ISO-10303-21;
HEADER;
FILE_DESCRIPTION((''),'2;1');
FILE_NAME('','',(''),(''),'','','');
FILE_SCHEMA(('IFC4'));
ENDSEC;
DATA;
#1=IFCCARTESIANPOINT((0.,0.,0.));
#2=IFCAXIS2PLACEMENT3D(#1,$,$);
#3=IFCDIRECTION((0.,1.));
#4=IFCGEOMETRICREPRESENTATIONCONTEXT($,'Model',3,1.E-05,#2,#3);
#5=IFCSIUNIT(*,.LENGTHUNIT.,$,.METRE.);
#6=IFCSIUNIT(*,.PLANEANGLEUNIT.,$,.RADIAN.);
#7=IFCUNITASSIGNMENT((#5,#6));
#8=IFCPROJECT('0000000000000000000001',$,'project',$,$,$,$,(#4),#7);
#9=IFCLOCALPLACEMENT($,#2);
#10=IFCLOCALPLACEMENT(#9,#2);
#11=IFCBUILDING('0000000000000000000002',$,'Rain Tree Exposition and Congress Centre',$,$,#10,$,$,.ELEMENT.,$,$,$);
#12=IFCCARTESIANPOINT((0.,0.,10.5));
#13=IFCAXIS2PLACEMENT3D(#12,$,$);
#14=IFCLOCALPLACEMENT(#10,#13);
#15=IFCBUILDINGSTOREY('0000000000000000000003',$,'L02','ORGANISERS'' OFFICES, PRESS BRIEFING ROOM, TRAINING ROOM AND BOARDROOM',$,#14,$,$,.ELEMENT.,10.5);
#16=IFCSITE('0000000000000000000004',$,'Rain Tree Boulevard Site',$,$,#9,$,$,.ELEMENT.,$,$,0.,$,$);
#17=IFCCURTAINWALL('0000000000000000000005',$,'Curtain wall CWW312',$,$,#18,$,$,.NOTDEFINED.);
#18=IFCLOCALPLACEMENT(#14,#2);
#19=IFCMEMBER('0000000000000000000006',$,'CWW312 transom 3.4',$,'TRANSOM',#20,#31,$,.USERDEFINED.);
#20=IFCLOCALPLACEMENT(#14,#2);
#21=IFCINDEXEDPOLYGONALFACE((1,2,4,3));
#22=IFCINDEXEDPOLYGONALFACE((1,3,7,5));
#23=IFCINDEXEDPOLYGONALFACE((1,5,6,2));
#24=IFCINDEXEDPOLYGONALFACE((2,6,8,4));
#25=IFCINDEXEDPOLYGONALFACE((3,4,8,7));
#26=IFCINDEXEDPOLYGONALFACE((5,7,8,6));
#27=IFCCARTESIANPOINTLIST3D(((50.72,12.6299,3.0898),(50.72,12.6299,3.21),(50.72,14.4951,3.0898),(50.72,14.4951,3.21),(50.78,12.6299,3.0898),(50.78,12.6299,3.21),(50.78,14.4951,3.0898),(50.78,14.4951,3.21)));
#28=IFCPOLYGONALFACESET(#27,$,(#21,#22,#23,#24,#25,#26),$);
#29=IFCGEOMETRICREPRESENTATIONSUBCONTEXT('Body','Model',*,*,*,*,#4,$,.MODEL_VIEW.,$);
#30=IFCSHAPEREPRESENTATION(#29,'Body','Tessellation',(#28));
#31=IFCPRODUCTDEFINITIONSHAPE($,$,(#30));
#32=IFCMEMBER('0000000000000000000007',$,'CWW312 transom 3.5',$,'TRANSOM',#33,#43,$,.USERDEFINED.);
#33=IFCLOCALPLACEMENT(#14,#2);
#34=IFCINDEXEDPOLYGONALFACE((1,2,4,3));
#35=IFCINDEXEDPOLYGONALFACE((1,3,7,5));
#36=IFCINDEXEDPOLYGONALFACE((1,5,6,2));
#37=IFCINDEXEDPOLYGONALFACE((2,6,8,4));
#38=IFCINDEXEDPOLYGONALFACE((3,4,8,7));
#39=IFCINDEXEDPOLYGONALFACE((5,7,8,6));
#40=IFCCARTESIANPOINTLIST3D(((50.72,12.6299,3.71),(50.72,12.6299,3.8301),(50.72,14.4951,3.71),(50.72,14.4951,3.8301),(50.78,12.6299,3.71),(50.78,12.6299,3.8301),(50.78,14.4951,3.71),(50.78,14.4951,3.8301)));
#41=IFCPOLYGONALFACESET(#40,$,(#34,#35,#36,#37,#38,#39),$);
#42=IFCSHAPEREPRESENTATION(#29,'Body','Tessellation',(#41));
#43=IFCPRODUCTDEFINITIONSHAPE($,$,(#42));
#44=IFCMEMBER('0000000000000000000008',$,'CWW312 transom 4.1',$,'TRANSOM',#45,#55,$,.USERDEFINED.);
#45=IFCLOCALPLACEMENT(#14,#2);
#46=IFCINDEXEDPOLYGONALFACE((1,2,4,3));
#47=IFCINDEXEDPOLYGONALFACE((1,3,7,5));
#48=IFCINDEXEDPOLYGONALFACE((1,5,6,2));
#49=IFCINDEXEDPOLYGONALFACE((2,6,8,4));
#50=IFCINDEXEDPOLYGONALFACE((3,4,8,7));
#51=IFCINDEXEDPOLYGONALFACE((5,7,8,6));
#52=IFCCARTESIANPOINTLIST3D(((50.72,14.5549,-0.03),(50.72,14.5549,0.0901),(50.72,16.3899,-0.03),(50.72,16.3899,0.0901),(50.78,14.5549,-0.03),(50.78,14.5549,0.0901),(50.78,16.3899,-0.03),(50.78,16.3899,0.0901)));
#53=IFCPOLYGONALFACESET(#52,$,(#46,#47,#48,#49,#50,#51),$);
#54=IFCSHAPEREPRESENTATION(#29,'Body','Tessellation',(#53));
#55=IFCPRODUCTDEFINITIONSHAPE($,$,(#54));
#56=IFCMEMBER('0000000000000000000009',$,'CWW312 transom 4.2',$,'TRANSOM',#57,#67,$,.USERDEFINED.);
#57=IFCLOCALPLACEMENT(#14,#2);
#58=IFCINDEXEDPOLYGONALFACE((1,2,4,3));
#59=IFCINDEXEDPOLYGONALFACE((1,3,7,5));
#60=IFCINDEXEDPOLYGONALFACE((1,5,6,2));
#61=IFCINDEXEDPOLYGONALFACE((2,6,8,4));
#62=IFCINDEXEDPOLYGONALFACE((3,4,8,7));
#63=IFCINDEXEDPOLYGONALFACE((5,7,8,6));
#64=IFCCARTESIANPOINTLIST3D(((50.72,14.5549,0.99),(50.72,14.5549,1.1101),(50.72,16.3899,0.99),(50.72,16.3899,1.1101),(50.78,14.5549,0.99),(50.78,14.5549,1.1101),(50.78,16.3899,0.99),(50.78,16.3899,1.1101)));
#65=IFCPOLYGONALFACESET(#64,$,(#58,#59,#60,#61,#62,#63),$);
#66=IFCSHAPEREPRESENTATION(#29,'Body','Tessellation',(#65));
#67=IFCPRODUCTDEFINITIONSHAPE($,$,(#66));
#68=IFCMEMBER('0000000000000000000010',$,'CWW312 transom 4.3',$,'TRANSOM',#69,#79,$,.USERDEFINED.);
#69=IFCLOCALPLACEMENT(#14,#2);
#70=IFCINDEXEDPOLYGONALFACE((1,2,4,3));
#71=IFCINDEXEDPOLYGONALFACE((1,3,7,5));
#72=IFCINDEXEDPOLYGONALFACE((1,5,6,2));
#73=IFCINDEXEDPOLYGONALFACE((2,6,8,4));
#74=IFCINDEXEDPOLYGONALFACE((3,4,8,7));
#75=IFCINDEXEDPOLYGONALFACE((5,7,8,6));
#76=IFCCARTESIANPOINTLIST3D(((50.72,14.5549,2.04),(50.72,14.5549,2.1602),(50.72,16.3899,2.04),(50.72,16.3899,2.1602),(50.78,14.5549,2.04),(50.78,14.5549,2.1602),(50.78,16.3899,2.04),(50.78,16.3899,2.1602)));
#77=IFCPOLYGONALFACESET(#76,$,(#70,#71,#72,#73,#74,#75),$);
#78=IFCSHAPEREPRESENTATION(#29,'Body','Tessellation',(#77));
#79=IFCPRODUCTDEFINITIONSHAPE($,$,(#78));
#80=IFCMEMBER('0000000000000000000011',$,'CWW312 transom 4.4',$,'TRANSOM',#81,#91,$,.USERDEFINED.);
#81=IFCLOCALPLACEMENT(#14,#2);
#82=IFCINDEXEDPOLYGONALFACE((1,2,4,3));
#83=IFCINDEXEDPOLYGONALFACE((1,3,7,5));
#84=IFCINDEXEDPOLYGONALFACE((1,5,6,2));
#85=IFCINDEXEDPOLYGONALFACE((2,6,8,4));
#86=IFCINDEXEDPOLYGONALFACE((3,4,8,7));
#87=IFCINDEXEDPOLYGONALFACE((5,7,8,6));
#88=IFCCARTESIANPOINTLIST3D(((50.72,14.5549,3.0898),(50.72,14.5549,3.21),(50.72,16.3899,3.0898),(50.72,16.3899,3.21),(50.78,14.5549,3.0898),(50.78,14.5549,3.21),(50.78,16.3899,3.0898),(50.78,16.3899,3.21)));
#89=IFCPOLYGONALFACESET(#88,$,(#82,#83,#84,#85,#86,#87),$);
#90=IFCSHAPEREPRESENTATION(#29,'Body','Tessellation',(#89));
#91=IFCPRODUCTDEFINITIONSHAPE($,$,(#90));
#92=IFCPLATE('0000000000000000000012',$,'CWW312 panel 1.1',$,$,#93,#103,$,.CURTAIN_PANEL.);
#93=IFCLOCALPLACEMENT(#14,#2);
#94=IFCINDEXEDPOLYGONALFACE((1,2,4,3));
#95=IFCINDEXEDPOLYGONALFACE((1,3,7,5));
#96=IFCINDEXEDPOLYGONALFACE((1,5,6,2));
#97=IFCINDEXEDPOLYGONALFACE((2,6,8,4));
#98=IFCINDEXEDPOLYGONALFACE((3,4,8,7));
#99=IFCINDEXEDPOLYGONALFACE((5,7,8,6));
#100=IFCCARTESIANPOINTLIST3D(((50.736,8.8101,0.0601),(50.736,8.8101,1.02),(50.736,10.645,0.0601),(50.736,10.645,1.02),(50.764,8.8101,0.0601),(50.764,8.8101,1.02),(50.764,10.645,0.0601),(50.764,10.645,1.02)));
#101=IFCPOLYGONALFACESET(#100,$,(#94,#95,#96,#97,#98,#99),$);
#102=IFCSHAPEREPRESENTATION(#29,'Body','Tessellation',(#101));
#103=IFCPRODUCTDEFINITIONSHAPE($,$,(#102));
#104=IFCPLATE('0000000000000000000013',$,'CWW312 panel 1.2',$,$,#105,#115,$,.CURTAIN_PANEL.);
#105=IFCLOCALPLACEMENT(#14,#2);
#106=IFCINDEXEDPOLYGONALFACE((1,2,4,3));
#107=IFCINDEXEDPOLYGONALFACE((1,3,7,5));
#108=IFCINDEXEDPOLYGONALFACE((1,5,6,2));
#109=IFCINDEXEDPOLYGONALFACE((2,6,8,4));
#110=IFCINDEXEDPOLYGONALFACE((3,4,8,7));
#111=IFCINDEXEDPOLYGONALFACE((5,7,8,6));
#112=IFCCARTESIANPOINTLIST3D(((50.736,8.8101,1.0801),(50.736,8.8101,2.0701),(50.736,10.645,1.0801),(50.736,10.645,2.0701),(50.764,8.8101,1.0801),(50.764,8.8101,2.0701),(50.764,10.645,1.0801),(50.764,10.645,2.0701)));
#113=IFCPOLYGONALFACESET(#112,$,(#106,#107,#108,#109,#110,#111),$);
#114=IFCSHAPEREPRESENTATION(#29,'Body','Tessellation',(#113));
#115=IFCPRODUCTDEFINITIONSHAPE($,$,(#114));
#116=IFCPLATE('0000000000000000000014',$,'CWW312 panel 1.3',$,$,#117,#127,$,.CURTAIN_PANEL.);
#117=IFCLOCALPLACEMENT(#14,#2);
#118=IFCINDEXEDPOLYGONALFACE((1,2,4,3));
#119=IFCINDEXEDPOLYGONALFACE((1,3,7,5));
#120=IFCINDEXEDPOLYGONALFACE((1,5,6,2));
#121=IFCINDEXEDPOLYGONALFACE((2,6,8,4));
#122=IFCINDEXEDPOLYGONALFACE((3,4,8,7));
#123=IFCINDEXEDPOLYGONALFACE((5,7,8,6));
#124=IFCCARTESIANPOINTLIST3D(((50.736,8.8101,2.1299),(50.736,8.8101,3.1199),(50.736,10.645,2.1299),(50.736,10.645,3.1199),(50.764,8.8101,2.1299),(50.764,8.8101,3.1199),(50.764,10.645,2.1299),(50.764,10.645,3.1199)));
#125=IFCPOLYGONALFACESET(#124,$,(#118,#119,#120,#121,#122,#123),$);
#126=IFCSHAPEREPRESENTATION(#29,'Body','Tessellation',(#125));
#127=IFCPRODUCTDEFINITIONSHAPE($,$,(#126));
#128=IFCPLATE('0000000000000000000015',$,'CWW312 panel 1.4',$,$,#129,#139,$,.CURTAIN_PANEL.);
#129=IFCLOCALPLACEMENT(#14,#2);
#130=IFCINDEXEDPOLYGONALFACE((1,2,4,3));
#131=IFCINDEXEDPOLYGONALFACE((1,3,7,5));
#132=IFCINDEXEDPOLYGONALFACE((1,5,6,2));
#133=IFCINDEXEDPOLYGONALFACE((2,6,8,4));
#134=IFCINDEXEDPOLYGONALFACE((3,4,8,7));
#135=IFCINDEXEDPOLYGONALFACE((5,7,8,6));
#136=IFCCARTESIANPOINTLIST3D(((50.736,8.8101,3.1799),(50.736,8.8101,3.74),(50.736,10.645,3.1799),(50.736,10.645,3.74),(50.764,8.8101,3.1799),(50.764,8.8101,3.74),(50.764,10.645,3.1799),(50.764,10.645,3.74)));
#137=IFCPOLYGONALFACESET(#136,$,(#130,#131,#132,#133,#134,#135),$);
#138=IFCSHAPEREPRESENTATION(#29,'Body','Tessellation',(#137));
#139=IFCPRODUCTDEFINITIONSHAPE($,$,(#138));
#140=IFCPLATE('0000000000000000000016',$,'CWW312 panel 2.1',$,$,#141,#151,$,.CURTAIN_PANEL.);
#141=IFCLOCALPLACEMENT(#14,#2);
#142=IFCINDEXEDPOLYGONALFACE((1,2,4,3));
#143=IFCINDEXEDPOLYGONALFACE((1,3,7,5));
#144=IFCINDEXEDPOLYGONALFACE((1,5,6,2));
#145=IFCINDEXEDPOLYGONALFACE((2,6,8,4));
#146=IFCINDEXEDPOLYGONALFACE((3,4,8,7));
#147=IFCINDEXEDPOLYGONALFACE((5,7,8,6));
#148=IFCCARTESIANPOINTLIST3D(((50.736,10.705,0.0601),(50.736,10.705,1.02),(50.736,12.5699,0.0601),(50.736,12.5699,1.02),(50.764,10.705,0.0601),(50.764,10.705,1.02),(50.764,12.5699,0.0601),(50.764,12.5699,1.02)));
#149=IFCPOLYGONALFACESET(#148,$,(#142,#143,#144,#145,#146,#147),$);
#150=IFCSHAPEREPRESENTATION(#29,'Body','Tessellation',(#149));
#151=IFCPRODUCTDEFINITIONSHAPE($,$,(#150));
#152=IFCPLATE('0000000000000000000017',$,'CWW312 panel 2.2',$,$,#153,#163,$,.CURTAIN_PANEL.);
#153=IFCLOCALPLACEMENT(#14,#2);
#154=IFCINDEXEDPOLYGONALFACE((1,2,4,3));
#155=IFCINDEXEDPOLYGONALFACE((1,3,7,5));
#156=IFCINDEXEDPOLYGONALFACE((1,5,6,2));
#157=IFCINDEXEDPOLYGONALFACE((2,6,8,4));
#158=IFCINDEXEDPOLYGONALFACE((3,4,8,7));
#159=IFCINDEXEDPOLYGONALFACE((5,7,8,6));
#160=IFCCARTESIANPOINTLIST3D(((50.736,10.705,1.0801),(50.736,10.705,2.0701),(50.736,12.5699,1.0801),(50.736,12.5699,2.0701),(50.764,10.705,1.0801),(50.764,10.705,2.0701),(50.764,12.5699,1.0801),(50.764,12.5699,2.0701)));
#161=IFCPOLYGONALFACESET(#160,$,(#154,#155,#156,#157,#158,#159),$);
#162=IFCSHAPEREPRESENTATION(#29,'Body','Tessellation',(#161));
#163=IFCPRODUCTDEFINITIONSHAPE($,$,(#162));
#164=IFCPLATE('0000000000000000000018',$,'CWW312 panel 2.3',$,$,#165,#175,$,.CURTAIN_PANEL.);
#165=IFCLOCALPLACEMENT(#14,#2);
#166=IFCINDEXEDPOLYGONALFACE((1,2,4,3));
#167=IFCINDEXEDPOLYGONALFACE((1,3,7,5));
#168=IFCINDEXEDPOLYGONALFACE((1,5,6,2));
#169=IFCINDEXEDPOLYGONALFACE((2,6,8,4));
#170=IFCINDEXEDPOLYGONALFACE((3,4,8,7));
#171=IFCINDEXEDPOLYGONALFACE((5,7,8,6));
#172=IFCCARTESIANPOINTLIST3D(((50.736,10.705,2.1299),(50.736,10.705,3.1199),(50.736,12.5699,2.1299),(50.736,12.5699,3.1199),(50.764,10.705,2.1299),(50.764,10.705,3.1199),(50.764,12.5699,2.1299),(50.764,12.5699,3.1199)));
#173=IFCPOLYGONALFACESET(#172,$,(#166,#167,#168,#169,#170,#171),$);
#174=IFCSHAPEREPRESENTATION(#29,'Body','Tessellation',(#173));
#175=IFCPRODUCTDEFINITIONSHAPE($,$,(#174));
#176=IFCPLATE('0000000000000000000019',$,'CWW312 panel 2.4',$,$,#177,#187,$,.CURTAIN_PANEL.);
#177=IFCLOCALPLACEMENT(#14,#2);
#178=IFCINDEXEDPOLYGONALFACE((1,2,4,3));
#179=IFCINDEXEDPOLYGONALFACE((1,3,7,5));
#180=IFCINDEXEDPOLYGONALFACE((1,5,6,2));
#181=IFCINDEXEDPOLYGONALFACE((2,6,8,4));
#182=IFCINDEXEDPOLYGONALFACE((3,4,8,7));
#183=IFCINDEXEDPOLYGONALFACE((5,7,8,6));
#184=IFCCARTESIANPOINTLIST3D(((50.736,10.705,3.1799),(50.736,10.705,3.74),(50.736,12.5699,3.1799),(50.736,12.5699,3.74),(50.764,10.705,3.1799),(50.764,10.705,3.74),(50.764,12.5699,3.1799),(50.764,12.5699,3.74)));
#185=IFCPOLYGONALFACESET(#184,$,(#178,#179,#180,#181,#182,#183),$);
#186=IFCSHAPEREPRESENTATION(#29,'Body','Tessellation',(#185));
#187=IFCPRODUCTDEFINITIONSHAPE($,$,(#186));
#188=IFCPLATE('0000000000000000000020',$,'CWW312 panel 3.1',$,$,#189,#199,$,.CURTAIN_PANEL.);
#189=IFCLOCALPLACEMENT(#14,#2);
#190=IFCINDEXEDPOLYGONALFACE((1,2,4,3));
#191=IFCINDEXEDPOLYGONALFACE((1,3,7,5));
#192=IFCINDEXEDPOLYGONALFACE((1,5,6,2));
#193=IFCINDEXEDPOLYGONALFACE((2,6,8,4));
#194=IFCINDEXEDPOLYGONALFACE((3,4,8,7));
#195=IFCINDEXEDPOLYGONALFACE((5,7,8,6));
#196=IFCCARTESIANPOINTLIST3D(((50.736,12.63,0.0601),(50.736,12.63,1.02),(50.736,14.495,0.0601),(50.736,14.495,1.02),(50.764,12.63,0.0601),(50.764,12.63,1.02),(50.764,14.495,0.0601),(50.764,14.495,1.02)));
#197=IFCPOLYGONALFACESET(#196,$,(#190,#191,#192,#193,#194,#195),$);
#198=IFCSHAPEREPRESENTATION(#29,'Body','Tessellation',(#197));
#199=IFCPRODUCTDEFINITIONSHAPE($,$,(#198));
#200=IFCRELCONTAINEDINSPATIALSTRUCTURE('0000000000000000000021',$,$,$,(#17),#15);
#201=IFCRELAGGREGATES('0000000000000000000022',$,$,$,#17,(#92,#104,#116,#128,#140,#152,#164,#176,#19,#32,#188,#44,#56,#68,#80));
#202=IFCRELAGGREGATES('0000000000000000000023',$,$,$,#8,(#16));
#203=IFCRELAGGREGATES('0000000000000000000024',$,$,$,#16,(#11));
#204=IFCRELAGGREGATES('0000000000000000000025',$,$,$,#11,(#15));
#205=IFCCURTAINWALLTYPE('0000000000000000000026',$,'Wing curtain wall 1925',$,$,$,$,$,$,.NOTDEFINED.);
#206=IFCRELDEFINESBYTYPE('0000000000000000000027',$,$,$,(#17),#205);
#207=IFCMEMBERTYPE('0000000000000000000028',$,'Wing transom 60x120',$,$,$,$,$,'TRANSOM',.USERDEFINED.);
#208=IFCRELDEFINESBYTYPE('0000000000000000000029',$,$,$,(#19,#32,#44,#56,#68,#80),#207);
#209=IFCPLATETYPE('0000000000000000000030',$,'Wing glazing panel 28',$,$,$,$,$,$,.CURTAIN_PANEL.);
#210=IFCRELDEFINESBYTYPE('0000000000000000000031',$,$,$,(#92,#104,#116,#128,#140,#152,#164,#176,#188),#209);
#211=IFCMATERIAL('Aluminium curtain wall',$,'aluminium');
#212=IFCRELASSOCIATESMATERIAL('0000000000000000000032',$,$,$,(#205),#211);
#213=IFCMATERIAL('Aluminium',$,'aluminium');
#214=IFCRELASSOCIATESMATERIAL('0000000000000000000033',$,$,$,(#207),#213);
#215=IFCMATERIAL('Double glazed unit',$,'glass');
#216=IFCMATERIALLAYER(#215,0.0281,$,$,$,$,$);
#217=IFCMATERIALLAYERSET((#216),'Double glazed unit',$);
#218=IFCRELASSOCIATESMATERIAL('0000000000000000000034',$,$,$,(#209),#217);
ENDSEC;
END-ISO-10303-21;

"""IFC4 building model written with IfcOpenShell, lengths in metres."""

from ifc_helpers import new_model, si_unit, direction, frame, origin, origin_2d, place, context, subcontext, project, spatial, rectangle, extrude, material, layer, layer_set, material_profile, profile_set, type_object, element, aggregate, save


model = new_model("IFC4")

# Units and contexts
model_context = context("Model", 3, precision=1e-05, world=origin(), true_north=direction((0.0, 1.0)))
body_context = subcontext(model_context, "Body", "Model", "MODEL_VIEW")
ifc_project = project(units=[si_unit("LENGTHUNIT", "METRE"), si_unit("PLANEANGLEUNIT", "RADIAN")], contexts=[model_context])

# Site, building, storey
site_placement = place(None, origin())
site = spatial("IfcSite", under=ifc_project, at=site_placement, Name="Rain Tree Boulevard Site", CompositionType="ELEMENT", RefElevation=0.0)
building_placement = place(site_placement, origin())
building = spatial("IfcBuilding", under=site, at=building_placement, Name="Rain Tree Exposition and Congress Centre", CompositionType="ELEMENT")
storey_placement = place(building_placement, frame((0.0, 0.0, 10.5)))
storey = spatial("IfcBuildingStorey", under=building, at=storey_placement, Name="L02", Description="ORGANISERS' OFFICES, PRESS BRIEFING ROOM, TRAINING ROOM AND BOARDROOM", CompositionType="ELEMENT", Elevation=10.5)

# Curtain wall, members, plates
ifc_material_1 = material(Name="Aluminium curtain wall", Category="aluminium")
curtain_wall_type = type_object("IfcCurtainWallType", Name="Wing curtain wall 1925", PredefinedType="NOTDEFINED", material=ifc_material_1)
curtain_wall_placement = place(storey_placement, origin())
curtain_wall = element("IfcCurtainWall", 1, at=curtain_wall_placement, inside=storey, type_object=curtain_wall_type, Name="Curtain wall CWW312", PredefinedType="NOTDEFINED")
ifc_material_2 = material(Name="Aluminium", Category="aluminium")
ifc_material_profile_1 = material_profile(ifc_material_2, rectangle(XDim=0.0601, YDim=0.1201, at=origin_2d()), Name="Aluminium 60x120")
ifc_profile_set_1 = profile_set([ifc_material_profile_1], Name="Aluminium")
member_type_1 = type_object("IfcMemberType", Name="Wing transom 60x120", ElementType="TRANSOM", PredefinedType="USERDEFINED", material=ifc_profile_set_1)
member_1_placement = place(storey_placement, frame((50.75, 12.6299, 3.1499), z_axis=(0.0, 1.0, 0.0), x_axis=(-1.0, 0.0, 0.0)))
member_1 = element("IfcMember", 2, at=member_1_placement, type_object=member_type_1, Name="CWW312 transom 3.4", ObjectType="TRANSOM", PredefinedType="USERDEFINED", context=body_context, shape_type="SweptSolid", body=[
    extrude(rectangle(XDim=0.0601, YDim=0.1201, at=origin_2d()), origin(), (0.0, 0.0, 1.0), 1.8652),
])
member_2_placement = place(storey_placement, frame((50.75, 12.6299, 3.77), z_axis=(0.0, 1.0, 0.0), x_axis=(-1.0, 0.0, 0.0)))
member_2 = element("IfcMember", 3, at=member_2_placement, type_object=member_type_1, Name="CWW312 transom 3.5", ObjectType="TRANSOM", PredefinedType="USERDEFINED", context=body_context, shape_type="SweptSolid", body=[
    extrude(rectangle(XDim=0.0601, YDim=0.1201, at=origin_2d()), origin(), (0.0, 0.0, 1.0), 1.8652),
])
member_3_placement = place(storey_placement, frame((50.75, 14.5549, 0.03), z_axis=(0.0, 1.0, 0.0), x_axis=(-1.0, 0.0, 0.0)))
member_3 = element("IfcMember", 4, at=member_3_placement, type_object=member_type_1, Name="CWW312 transom 4.1", ObjectType="TRANSOM", PredefinedType="USERDEFINED", context=body_context, shape_type="SweptSolid", body=[
    extrude(rectangle(XDim=0.0601, YDim=0.1201, at=origin_2d()), origin(), (0.0, 0.0, 1.0), 1.835),
])
member_4_placement = place(storey_placement, frame((50.75, 14.5549, 1.05), z_axis=(0.0, 1.0, 0.0), x_axis=(-1.0, 0.0, 0.0)))
member_4 = element("IfcMember", 5, at=member_4_placement, type_object=member_type_1, Name="CWW312 transom 4.2", ObjectType="TRANSOM", PredefinedType="USERDEFINED", context=body_context, shape_type="SweptSolid", body=[
    extrude(rectangle(XDim=0.0601, YDim=0.1201, at=origin_2d()), origin(), (0.0, 0.0, 1.0), 1.835),
])
member_5_placement = place(storey_placement, frame((50.75, 14.5549, 2.1001), z_axis=(0.0, 1.0, 0.0), x_axis=(-1.0, 0.0, 0.0)))
member_5 = element("IfcMember", 6, at=member_5_placement, type_object=member_type_1, Name="CWW312 transom 4.3", ObjectType="TRANSOM", PredefinedType="USERDEFINED", context=body_context, shape_type="SweptSolid", body=[
    extrude(rectangle(XDim=0.0601, YDim=0.1201, at=origin_2d()), origin(), (0.0, 0.0, 1.0), 1.835),
])
member_6_placement = place(storey_placement, frame((50.75, 14.5549, 3.1499), z_axis=(0.0, 1.0, 0.0), x_axis=(-1.0, 0.0, 0.0)))
member_6 = element("IfcMember", 7, at=member_6_placement, type_object=member_type_1, Name="CWW312 transom 4.4", ObjectType="TRANSOM", PredefinedType="USERDEFINED", context=body_context, shape_type="SweptSolid", body=[
    extrude(rectangle(XDim=0.0601, YDim=0.1201, at=origin_2d()), origin(), (0.0, 0.0, 1.0), 1.835),
])
ifc_material_3 = material(Name="Double glazed unit", Category="glass")
ifc_layer = layer(ifc_material_3, 0.0281)
ifc_layer_set = layer_set([ifc_layer], Name="Double glazed unit")
plate_type = type_object("IfcPlateType", Name="Wing glazing panel 28", PredefinedType="CURTAIN_PANEL", material=ifc_layer_set)
plate_1_placement = place(storey_placement, frame((50.75, 9.7275, 0.0601), z_axis=(0.0, 0.0, 1.0), x_axis=(0.0, 1.0, 0.0)))
plate_1 = element("IfcPlate", 8, at=plate_1_placement, type_object=plate_type, Name="CWW312 panel 1.1", PredefinedType="CURTAIN_PANEL", context=body_context, shape_type="SweptSolid", body=[
    extrude(rectangle(XDim=1.835, YDim=0.0281, at=origin_2d()), origin(), (0.0, 0.0, 1.0), 0.96),
])
plate_2_placement = place(storey_placement, frame((50.75, 9.7275, 1.0801), z_axis=(0.0, 0.0, 1.0), x_axis=(0.0, 1.0, 0.0)))
plate_2 = element("IfcPlate", 9, at=plate_2_placement, type_object=plate_type, Name="CWW312 panel 1.2", PredefinedType="CURTAIN_PANEL", context=body_context, shape_type="SweptSolid", body=[
    extrude(rectangle(XDim=1.835, YDim=0.0281, at=origin_2d()), origin(), (0.0, 0.0, 1.0), 0.99),
])
plate_3_placement = place(storey_placement, frame((50.75, 9.7275, 2.1299), z_axis=(0.0, 0.0, 1.0), x_axis=(0.0, 1.0, 0.0)))
plate_3 = element("IfcPlate", 10, at=plate_3_placement, type_object=plate_type, Name="CWW312 panel 1.3", PredefinedType="CURTAIN_PANEL", context=body_context, shape_type="SweptSolid", body=[
    extrude(rectangle(XDim=1.835, YDim=0.0281, at=origin_2d()), origin(), (0.0, 0.0, 1.0), 0.99),
])
plate_4_placement = place(storey_placement, frame((50.75, 9.7275, 3.1799), z_axis=(0.0, 0.0, 1.0), x_axis=(0.0, 1.0, 0.0)))
plate_4 = element("IfcPlate", 11, at=plate_4_placement, type_object=plate_type, Name="CWW312 panel 1.4", PredefinedType="CURTAIN_PANEL", context=body_context, shape_type="SweptSolid", body=[
    extrude(rectangle(XDim=1.835, YDim=0.0281, at=origin_2d()), origin(), (0.0, 0.0, 1.0), 0.5601),
])
plate_5_placement = place(storey_placement, frame((50.75, 11.6375, 0.0601), z_axis=(0.0, 0.0, 1.0), x_axis=(0.0, 1.0, 0.0)))
plate_5 = element("IfcPlate", 12, at=plate_5_placement, type_object=plate_type, Name="CWW312 panel 2.1", PredefinedType="CURTAIN_PANEL", context=body_context, shape_type="SweptSolid", body=[
    extrude(rectangle(XDim=1.865, YDim=0.0281, at=origin_2d()), origin(), (0.0, 0.0, 1.0), 0.96),
])
plate_6_placement = place(storey_placement, frame((50.75, 11.6375, 1.0801), z_axis=(0.0, 0.0, 1.0), x_axis=(0.0, 1.0, 0.0)))
plate_6 = element("IfcPlate", 13, at=plate_6_placement, type_object=plate_type, Name="CWW312 panel 2.2", PredefinedType="CURTAIN_PANEL", context=body_context, shape_type="SweptSolid", body=[
    extrude(rectangle(XDim=1.865, YDim=0.0281, at=origin_2d()), origin(), (0.0, 0.0, 1.0), 0.99),
])
plate_7_placement = place(storey_placement, frame((50.75, 11.6375, 2.1299), z_axis=(0.0, 0.0, 1.0), x_axis=(0.0, 1.0, 0.0)))
plate_7 = element("IfcPlate", 14, at=plate_7_placement, type_object=plate_type, Name="CWW312 panel 2.3", PredefinedType="CURTAIN_PANEL", context=body_context, shape_type="SweptSolid", body=[
    extrude(rectangle(XDim=1.865, YDim=0.0281, at=origin_2d()), origin(), (0.0, 0.0, 1.0), 0.99),
])
plate_8_placement = place(storey_placement, frame((50.75, 11.6375, 3.1799), z_axis=(0.0, 0.0, 1.0), x_axis=(0.0, 1.0, 0.0)))
plate_8 = element("IfcPlate", 15, at=plate_8_placement, type_object=plate_type, Name="CWW312 panel 2.4", PredefinedType="CURTAIN_PANEL", context=body_context, shape_type="SweptSolid", body=[
    extrude(rectangle(XDim=1.865, YDim=0.0281, at=origin_2d()), origin(), (0.0, 0.0, 1.0), 0.5601),
])
plate_9_placement = place(storey_placement, frame((50.75, 13.5625, 0.0601), z_axis=(0.0, 0.0, 1.0), x_axis=(0.0, 1.0, 0.0)))
plate_9 = element("IfcPlate", 16, at=plate_9_placement, type_object=plate_type, Name="CWW312 panel 3.1", PredefinedType="CURTAIN_PANEL", context=body_context, shape_type="SweptSolid", body=[
    extrude(rectangle(XDim=1.865, YDim=0.0281, at=origin_2d()), origin(), (0.0, 0.0, 1.0), 0.96),
])
aggregate(curtain_wall, [plate_1, plate_2, plate_3, plate_4, plate_5, plate_6, plate_7, plate_8, member_1, member_2, plate_9, member_3, member_4, member_5, member_6])

save(model, "model.ifc")
